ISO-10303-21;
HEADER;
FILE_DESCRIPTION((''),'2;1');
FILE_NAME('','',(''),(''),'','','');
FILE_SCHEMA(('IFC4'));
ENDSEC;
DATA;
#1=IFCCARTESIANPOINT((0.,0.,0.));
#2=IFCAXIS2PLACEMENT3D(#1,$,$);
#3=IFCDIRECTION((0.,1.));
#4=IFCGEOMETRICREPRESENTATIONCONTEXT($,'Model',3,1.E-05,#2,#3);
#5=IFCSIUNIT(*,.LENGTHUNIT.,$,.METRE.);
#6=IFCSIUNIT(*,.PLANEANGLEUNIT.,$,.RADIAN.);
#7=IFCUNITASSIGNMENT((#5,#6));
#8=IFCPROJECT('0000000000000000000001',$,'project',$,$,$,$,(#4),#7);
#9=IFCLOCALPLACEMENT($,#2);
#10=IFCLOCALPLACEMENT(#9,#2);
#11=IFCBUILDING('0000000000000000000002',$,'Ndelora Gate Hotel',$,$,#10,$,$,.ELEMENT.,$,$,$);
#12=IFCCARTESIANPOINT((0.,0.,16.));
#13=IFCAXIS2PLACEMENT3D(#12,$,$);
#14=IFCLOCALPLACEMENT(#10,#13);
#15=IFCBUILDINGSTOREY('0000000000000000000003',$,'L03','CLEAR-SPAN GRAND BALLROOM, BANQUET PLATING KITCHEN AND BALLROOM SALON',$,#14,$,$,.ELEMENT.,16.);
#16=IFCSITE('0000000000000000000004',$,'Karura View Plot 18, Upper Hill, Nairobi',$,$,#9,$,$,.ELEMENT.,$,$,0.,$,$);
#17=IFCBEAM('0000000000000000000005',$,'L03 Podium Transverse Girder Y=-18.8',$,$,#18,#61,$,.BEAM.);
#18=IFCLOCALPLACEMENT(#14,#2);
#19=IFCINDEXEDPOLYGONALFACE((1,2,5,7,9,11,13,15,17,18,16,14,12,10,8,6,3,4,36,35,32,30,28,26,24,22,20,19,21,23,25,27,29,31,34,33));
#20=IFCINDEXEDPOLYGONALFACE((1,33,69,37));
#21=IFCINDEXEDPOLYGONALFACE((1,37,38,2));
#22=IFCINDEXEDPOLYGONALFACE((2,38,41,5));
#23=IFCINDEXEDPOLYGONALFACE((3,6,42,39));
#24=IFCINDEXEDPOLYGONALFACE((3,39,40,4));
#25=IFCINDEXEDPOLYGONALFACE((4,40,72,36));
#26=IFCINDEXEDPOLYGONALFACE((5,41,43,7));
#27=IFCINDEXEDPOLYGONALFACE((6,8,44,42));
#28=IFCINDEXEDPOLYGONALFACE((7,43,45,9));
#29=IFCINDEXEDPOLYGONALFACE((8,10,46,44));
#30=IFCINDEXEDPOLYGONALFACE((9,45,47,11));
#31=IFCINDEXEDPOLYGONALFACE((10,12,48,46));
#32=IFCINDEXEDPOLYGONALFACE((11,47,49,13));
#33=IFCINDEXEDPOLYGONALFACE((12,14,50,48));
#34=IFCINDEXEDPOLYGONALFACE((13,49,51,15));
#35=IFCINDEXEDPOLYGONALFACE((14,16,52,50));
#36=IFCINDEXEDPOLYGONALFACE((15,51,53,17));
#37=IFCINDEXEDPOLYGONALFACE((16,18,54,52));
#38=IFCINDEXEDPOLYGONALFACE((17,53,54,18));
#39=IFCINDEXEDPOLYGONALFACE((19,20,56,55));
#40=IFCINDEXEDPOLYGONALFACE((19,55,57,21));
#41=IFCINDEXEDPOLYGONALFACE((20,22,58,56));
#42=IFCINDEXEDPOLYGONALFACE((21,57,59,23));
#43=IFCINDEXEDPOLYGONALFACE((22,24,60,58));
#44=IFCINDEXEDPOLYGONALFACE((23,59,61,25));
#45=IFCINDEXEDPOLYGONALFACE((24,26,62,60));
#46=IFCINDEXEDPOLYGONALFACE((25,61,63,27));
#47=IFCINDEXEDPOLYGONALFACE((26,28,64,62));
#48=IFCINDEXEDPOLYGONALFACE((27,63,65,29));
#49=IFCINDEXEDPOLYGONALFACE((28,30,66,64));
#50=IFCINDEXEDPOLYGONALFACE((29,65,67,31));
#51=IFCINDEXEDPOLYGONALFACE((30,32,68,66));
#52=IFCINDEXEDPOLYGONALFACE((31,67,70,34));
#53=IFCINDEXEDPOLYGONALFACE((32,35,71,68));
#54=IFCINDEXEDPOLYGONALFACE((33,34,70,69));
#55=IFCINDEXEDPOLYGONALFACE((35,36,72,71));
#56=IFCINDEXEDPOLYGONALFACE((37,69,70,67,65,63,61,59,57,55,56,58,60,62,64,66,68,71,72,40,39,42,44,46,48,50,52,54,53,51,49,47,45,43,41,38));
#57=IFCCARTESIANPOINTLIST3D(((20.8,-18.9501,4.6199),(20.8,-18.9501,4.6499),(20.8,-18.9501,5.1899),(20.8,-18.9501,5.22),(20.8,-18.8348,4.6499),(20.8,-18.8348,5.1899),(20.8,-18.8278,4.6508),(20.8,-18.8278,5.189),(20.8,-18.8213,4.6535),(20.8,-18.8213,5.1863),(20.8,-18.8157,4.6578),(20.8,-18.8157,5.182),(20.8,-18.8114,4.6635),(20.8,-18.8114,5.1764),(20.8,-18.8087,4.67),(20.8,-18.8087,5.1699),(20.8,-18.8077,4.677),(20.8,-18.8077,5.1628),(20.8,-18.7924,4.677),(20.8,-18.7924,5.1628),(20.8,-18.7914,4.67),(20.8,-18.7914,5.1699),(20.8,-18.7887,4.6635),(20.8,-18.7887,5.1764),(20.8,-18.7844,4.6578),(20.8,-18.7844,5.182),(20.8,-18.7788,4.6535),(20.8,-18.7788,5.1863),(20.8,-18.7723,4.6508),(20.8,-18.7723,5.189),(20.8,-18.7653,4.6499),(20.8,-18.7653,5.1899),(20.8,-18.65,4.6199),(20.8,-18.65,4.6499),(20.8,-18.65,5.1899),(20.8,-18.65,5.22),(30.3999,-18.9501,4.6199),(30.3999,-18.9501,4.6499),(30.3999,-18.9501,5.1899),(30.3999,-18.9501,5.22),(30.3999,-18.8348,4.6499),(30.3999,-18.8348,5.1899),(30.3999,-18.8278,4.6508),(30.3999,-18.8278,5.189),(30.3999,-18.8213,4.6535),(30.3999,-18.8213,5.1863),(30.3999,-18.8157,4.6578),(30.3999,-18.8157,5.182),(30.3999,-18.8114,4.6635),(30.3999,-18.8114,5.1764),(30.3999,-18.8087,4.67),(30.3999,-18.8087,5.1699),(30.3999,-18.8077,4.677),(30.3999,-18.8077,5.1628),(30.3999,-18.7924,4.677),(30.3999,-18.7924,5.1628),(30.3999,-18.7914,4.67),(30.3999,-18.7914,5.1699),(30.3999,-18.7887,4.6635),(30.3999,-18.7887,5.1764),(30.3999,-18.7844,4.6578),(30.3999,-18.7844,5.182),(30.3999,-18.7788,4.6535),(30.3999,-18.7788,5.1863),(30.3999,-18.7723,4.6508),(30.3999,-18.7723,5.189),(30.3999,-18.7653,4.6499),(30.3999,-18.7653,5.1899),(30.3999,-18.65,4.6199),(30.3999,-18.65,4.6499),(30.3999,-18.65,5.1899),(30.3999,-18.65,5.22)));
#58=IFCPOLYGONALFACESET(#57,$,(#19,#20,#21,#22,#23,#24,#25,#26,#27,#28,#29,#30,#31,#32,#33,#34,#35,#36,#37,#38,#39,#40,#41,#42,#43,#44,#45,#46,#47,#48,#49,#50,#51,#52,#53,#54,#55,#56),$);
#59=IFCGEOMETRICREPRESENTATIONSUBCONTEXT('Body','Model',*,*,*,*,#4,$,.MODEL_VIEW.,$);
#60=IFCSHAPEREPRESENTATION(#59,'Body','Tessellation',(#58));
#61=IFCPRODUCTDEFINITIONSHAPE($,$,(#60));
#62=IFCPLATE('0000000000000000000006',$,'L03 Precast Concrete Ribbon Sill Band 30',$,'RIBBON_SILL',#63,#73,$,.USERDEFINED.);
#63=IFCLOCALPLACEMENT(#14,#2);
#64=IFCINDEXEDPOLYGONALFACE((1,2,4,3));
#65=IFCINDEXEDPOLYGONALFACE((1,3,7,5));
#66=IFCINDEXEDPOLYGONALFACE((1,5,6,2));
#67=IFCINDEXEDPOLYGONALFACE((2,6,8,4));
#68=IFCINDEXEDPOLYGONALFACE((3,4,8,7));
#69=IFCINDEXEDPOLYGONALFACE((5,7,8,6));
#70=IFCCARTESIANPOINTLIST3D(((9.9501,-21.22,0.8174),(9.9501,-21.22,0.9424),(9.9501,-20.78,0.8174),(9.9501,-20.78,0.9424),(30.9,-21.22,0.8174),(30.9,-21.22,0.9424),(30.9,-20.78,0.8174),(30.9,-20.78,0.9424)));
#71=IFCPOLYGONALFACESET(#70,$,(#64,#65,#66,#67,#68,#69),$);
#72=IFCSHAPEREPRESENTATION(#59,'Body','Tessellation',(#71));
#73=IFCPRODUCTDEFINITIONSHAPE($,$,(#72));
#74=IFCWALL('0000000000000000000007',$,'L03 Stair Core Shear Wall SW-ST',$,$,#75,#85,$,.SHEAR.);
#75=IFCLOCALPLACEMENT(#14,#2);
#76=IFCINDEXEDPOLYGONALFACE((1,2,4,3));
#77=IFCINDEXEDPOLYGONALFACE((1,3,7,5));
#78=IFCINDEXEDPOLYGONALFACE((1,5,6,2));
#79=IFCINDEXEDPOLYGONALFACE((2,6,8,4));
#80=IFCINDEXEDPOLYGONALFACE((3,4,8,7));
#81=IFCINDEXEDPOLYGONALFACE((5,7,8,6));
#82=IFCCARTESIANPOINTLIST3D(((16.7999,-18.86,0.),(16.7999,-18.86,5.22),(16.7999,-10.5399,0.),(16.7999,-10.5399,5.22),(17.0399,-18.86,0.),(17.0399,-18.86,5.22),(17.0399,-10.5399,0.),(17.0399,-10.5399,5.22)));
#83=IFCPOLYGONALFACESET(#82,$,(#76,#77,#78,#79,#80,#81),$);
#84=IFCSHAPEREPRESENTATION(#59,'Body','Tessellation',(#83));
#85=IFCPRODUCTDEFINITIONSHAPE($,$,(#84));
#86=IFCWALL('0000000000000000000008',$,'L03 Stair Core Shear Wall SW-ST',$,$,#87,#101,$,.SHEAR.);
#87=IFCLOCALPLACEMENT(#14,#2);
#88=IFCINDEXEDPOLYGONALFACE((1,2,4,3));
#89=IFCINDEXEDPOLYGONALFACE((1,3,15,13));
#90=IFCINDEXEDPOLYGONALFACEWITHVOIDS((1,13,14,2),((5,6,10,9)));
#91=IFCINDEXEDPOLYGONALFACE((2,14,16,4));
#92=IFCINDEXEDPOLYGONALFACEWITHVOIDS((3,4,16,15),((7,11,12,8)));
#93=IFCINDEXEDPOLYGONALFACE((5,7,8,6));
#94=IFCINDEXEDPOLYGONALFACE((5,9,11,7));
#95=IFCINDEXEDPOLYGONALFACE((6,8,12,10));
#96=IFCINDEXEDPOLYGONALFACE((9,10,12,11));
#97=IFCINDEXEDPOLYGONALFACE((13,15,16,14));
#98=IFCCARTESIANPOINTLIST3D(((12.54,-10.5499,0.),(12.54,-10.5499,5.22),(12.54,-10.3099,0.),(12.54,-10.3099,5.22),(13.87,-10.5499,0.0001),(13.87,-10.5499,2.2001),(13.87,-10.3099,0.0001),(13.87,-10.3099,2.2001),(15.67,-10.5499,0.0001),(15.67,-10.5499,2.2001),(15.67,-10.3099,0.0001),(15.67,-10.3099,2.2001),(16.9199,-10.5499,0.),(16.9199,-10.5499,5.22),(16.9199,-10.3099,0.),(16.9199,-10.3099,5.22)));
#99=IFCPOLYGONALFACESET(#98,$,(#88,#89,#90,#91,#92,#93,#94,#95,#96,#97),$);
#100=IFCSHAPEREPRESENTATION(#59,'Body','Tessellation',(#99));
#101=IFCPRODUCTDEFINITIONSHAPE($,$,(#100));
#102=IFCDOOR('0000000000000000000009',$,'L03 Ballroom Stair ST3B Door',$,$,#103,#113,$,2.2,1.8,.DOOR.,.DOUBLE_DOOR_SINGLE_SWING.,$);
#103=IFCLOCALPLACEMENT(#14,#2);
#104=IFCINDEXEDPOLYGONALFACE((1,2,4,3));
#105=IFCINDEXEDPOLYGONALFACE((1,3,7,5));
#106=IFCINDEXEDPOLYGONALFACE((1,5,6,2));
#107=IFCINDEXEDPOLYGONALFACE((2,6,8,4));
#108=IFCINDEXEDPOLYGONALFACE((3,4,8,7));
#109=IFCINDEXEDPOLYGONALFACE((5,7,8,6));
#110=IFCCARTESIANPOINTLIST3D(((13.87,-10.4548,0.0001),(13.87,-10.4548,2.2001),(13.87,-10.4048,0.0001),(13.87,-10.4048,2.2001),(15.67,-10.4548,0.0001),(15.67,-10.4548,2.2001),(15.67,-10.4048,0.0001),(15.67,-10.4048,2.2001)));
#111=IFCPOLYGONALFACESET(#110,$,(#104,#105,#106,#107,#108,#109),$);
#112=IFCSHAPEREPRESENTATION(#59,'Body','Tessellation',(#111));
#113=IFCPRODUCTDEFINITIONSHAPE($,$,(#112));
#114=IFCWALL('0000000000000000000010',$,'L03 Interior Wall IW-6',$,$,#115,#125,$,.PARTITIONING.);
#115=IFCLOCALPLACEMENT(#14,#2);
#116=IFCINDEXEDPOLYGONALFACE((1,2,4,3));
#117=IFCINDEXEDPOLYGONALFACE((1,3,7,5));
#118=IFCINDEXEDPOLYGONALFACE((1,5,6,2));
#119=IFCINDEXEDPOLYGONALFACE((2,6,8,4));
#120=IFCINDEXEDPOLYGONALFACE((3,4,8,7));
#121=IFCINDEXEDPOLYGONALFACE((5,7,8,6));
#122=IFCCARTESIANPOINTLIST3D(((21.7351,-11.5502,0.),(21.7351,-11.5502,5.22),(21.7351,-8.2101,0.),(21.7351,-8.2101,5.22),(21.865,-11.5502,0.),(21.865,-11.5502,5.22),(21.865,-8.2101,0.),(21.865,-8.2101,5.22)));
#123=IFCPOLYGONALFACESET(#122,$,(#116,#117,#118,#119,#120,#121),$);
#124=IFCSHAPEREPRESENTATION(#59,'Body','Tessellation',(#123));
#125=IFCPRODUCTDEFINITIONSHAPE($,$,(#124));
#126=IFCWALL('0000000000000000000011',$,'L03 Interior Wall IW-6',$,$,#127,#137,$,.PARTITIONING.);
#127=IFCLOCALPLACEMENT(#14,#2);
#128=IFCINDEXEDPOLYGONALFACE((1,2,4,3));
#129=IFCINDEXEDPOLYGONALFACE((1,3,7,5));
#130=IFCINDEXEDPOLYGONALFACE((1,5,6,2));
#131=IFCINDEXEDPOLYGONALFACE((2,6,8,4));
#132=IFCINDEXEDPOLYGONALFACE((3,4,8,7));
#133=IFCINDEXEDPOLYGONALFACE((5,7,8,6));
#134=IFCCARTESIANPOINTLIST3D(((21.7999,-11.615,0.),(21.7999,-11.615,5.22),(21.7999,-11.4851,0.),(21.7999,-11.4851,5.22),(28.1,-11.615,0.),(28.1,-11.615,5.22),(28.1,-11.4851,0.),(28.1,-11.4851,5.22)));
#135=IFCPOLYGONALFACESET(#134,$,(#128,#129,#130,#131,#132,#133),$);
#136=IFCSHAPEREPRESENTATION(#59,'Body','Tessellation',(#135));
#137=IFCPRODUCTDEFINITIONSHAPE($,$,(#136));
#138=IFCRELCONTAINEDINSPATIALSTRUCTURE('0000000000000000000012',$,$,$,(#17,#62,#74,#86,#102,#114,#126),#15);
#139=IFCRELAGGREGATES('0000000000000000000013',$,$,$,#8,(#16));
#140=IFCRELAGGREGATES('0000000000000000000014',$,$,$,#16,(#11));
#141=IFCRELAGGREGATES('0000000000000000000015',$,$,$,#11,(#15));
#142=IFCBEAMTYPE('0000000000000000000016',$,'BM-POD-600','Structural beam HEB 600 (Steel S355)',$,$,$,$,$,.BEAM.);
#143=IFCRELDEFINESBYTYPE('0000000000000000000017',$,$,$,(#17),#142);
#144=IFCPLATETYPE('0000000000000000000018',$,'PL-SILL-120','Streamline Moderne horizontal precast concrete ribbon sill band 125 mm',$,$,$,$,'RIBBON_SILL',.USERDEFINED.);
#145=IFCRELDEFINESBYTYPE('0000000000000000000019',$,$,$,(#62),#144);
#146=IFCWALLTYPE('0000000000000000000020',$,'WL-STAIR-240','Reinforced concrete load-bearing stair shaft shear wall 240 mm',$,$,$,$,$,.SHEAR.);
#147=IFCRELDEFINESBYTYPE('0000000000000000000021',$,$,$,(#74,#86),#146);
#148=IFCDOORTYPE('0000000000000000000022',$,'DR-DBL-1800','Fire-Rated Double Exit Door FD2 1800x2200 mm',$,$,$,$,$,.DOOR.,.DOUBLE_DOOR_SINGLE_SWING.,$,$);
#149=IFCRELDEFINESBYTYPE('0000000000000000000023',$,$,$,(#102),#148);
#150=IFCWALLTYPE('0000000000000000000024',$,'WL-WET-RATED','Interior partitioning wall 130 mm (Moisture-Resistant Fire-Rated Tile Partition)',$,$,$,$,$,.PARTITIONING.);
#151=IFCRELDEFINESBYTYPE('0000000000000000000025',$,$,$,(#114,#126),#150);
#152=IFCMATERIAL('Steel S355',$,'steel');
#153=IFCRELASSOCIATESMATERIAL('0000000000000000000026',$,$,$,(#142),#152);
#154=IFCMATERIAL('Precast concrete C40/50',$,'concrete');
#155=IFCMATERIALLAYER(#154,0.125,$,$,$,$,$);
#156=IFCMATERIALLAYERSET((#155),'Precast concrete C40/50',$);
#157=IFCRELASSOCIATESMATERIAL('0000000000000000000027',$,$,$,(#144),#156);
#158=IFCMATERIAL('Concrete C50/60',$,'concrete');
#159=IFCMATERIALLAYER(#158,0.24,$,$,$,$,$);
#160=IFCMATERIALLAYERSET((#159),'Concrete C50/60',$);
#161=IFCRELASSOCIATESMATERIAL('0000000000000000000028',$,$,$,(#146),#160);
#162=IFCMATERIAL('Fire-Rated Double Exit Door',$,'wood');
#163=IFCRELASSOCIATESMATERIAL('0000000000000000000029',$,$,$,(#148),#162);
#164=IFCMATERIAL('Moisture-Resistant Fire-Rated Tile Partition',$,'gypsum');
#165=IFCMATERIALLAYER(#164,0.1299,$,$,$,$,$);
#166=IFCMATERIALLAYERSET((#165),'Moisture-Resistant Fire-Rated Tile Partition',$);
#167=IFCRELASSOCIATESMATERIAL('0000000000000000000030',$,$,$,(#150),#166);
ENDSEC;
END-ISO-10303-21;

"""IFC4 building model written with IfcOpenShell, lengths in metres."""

from ifc_helpers import new_model, si_unit, direction, frame, frame_2d, origin, origin_2d, place, context, subcontext, project, spatial, rectangle, i_section, extrude, material, layer, layer_set, material_profile, profile_set, type_object, element, fill, save


model = new_model("IFC4")

# Units and contexts
model_context = context("Model", 3, precision=1e-05, world=origin(), true_north=direction((0.0, 1.0)))
body_context = subcontext(model_context, "Body", "Model", "MODEL_VIEW")
ifc_project = project(units=[si_unit("LENGTHUNIT", "METRE"), si_unit("PLANEANGLEUNIT", "RADIAN")], contexts=[model_context])

# Site, building, storey
site_placement = place(None, origin())
site = spatial("IfcSite", under=ifc_project, at=site_placement, Name="Karura View Plot 18, Upper Hill, Nairobi", CompositionType="ELEMENT", RefElevation=0.0)
building_placement = place(site_placement, origin())
building = spatial("IfcBuilding", under=site, at=building_placement, Name="Ndelora Gate Hotel", CompositionType="ELEMENT")
storey_placement = place(building_placement, frame((0.0, 0.0, 16.0)))
storey = spatial("IfcBuildingStorey", under=building, at=storey_placement, Name="L03", Description="CLEAR-SPAN GRAND BALLROOM, BANQUET PLATING KITCHEN AND BALLROOM SALON", CompositionType="ELEMENT", Elevation=16.0)

# Shared definitions
ifc_material_1 = material(Name="Concrete C50/60", Category="concrete")

# Beam
ifc_material_2 = material(Name="Steel S355", Category="steel")
ifc_material_profile_1 = material_profile(ifc_material_2, i_section(OverallWidth=0.3, OverallDepth=0.6001, WebThickness=0.0154, FlangeThickness=0.03, FilletRadius=0.0271, at=origin_2d()), Name="HEB 600")
ifc_profile_set_1 = profile_set([ifc_material_profile_1], Name="Steel S355")
beam_type_1 = type_object("IfcBeamType", Name="BM-POD-600", Description="Structural beam HEB 600 (Steel S355)", PredefinedType="BEAM", material=ifc_profile_set_1)
beam_1_placement = place(storey_placement, frame((20.8, -18.8, 4.9199), z_axis=(1.0, 0.0, 0.0), x_axis=(0.0, 1.0, 0.0)))
element("IfcBeam", 1, at=beam_1_placement, inside=storey, type_object=beam_type_1, Name="L03 Podium Transverse Girder Y=-18.8", PredefinedType="BEAM", context=body_context, shape_type="SweptSolid", body=[
    extrude(i_section(OverallWidth=0.3, OverallDepth=0.6001, WebThickness=0.0154, FlangeThickness=0.03, FilletRadius=0.0271, at=origin_2d()), origin(), (0.0, 0.0, 1.0), 9.5999),
])

# Plate
ifc_material_3 = material(Name="Precast concrete C40/50", Category="concrete")
ifc_layer_1 = layer(ifc_material_3, 0.125)
ifc_layer_set_1 = layer_set([ifc_layer_1], Name="Precast concrete C40/50")
plate_type = type_object("IfcPlateType", Name="PL-SILL-120", Description="Streamline Moderne horizontal precast concrete ribbon sill band 125 mm", ElementType="RIBBON_SILL", PredefinedType="USERDEFINED", material=ifc_layer_set_1)
plate_placement = place(storey_placement, frame((20.425, -21.0, 0.8174), z_axis=(0.0, 0.0, 1.0), x_axis=(1.0, 0.0, 0.0)))
element("IfcPlate", 2, at=plate_placement, inside=storey, type_object=plate_type, Name="L03 Precast Concrete Ribbon Sill Band 30", ObjectType="RIBBON_SILL", PredefinedType="USERDEFINED", context=body_context, shape_type="SweptSolid", body=[
    extrude(rectangle(XDim=20.95, YDim=0.4399, at=origin_2d()), origin(), (0.0, 0.0, 1.0), 0.125),
])

# Wall
ifc_layer_2 = layer(ifc_material_1, 0.24)
ifc_layer_set_2 = layer_set([ifc_layer_2], Name="Concrete C50/60")
wall_type_1 = type_object("IfcWallType", Name="WL-STAIR-240", Description="Reinforced concrete load-bearing stair shaft shear wall 240 mm", PredefinedType="SHEAR", material=ifc_layer_set_2)
wall_1_placement = place(storey_placement, frame((16.9199, -18.8601, 0.0), z_axis=(0.0, 0.0, 1.0), x_axis=(0.0, 1.0, 0.0)))
element("IfcWall", 3, at=wall_1_placement, inside=storey, type_object=wall_type_1, Name="L03 Stair Core Shear Wall SW-ST", PredefinedType="SHEAR", context=body_context, shape_type="SweptSolid", body=[
    extrude(rectangle(XDim=8.3201, YDim=0.24, at=frame_2d((4.1602, 0.0))), origin(), (0.0, 0.0, 1.0), 5.22),
])

# Wall, opening, door
wall_2_placement = place(storey_placement, frame((16.9199, -10.4299, 0.0), z_axis=(0.0, 0.0, 1.0), x_axis=(-1.0, 0.0, 0.0)))
wall_2 = element("IfcWall", 4, at=wall_2_placement, inside=storey, type_object=wall_type_1, Name="L03 Stair Core Shear Wall SW-ST", PredefinedType="SHEAR", context=body_context, shape_type="SweptSolid", body=[
    extrude(rectangle(XDim=4.3799, YDim=0.24, at=frame_2d((2.1899, 0.0))), origin(), (0.0, 0.0, 1.0), 5.22),
])
opening_placement = place(wall_2_placement, frame((1.25, 0.0, 0.0)))
opening = element("IfcOpeningElement", 5, at=opening_placement, cuts=wall_2, PredefinedType="OPENING", context=body_context, shape_type="SweptSolid", body=[
    extrude(rectangle(XDim=1.8, YDim=2.2, at=frame_2d((0.8999, 1.1001))), frame((0.0, 0.1299, 0.0), z_axis=(0.0, -1.0, 0.0), x_axis=(1.0, 0.0, 0.0)), (0.0, 0.0, 1.0), 0.26),
])
ifc_material_4 = material(Name="Fire-Rated Double Exit Door", Category="wood")
door_type = type_object("IfcDoorType", Name="DR-DBL-1800", Description="Fire-Rated Double Exit Door FD2 1800x2200 mm", OperationType="DOUBLE_DOOR_SINGLE_SWING", PredefinedType="DOOR", material=ifc_material_4)
door_placement = place(opening_placement, origin())
door = element("IfcDoor", 6, at=door_placement, inside=storey, type_object=door_type, Name="L03 Ballroom Stair ST3B Door", OperationType="DOUBLE_DOOR_SINGLE_SWING", OverallHeight=2.2, OverallWidth=1.8, PredefinedType="DOOR", context=body_context, shape_type="SweptSolid", body=[
    extrude(rectangle(XDim=1.8, YDim=2.2, at=frame_2d((0.8999, 1.1001))), frame((0.0, 0.0249, 0.0), z_axis=(0.0, -1.0, 0.0), x_axis=(1.0, 0.0, 0.0)), (0.0, 0.0, 1.0), 0.05),
])
fill(opening, door)

# Walls
ifc_material_5 = material(Name="Moisture-Resistant Fire-Rated Tile Partition", Category="gypsum")
ifc_layer_3 = layer(ifc_material_5, 0.1299)
ifc_layer_set_3 = layer_set([ifc_layer_3], Name="Moisture-Resistant Fire-Rated Tile Partition")
wall_type_2 = type_object("IfcWallType", Name="WL-WET-RATED", Description="Interior partitioning wall 130 mm (Moisture-Resistant Fire-Rated Tile Partition)", PredefinedType="PARTITIONING", material=ifc_layer_set_3)
wall_3_placement = place(storey_placement, frame((21.8, -11.55, 0.0), z_axis=(0.0, 0.0, 1.0), x_axis=(0.0, 1.0, 0.0)))
element("IfcWall", 7, at=wall_3_placement, inside=storey, type_object=wall_type_2, Name="L03 Interior Wall IW-6", PredefinedType="PARTITIONING", context=body_context, shape_type="SweptSolid", body=[
    extrude(rectangle(XDim=3.3401, YDim=0.1299, at=frame_2d((1.6699, 0.0))), origin(), (0.0, 0.0, 1.0), 5.22),
])
wall_4_placement = place(storey_placement, frame((21.8, -11.55, 0.0), z_axis=(0.0, 0.0, 1.0), x_axis=(1.0, 0.0, 0.0)))
element("IfcWall", 8, at=wall_4_placement, inside=storey, type_object=wall_type_2, Name="L03 Interior Wall IW-6", PredefinedType="PARTITIONING", context=body_context, shape_type="SweptSolid", body=[
    extrude(rectangle(XDim=6.3, YDim=0.1299, at=frame_2d((3.1499, 0.0))), origin(), (0.0, 0.0, 1.0), 5.22),
])

save(model, "model.ifc")
